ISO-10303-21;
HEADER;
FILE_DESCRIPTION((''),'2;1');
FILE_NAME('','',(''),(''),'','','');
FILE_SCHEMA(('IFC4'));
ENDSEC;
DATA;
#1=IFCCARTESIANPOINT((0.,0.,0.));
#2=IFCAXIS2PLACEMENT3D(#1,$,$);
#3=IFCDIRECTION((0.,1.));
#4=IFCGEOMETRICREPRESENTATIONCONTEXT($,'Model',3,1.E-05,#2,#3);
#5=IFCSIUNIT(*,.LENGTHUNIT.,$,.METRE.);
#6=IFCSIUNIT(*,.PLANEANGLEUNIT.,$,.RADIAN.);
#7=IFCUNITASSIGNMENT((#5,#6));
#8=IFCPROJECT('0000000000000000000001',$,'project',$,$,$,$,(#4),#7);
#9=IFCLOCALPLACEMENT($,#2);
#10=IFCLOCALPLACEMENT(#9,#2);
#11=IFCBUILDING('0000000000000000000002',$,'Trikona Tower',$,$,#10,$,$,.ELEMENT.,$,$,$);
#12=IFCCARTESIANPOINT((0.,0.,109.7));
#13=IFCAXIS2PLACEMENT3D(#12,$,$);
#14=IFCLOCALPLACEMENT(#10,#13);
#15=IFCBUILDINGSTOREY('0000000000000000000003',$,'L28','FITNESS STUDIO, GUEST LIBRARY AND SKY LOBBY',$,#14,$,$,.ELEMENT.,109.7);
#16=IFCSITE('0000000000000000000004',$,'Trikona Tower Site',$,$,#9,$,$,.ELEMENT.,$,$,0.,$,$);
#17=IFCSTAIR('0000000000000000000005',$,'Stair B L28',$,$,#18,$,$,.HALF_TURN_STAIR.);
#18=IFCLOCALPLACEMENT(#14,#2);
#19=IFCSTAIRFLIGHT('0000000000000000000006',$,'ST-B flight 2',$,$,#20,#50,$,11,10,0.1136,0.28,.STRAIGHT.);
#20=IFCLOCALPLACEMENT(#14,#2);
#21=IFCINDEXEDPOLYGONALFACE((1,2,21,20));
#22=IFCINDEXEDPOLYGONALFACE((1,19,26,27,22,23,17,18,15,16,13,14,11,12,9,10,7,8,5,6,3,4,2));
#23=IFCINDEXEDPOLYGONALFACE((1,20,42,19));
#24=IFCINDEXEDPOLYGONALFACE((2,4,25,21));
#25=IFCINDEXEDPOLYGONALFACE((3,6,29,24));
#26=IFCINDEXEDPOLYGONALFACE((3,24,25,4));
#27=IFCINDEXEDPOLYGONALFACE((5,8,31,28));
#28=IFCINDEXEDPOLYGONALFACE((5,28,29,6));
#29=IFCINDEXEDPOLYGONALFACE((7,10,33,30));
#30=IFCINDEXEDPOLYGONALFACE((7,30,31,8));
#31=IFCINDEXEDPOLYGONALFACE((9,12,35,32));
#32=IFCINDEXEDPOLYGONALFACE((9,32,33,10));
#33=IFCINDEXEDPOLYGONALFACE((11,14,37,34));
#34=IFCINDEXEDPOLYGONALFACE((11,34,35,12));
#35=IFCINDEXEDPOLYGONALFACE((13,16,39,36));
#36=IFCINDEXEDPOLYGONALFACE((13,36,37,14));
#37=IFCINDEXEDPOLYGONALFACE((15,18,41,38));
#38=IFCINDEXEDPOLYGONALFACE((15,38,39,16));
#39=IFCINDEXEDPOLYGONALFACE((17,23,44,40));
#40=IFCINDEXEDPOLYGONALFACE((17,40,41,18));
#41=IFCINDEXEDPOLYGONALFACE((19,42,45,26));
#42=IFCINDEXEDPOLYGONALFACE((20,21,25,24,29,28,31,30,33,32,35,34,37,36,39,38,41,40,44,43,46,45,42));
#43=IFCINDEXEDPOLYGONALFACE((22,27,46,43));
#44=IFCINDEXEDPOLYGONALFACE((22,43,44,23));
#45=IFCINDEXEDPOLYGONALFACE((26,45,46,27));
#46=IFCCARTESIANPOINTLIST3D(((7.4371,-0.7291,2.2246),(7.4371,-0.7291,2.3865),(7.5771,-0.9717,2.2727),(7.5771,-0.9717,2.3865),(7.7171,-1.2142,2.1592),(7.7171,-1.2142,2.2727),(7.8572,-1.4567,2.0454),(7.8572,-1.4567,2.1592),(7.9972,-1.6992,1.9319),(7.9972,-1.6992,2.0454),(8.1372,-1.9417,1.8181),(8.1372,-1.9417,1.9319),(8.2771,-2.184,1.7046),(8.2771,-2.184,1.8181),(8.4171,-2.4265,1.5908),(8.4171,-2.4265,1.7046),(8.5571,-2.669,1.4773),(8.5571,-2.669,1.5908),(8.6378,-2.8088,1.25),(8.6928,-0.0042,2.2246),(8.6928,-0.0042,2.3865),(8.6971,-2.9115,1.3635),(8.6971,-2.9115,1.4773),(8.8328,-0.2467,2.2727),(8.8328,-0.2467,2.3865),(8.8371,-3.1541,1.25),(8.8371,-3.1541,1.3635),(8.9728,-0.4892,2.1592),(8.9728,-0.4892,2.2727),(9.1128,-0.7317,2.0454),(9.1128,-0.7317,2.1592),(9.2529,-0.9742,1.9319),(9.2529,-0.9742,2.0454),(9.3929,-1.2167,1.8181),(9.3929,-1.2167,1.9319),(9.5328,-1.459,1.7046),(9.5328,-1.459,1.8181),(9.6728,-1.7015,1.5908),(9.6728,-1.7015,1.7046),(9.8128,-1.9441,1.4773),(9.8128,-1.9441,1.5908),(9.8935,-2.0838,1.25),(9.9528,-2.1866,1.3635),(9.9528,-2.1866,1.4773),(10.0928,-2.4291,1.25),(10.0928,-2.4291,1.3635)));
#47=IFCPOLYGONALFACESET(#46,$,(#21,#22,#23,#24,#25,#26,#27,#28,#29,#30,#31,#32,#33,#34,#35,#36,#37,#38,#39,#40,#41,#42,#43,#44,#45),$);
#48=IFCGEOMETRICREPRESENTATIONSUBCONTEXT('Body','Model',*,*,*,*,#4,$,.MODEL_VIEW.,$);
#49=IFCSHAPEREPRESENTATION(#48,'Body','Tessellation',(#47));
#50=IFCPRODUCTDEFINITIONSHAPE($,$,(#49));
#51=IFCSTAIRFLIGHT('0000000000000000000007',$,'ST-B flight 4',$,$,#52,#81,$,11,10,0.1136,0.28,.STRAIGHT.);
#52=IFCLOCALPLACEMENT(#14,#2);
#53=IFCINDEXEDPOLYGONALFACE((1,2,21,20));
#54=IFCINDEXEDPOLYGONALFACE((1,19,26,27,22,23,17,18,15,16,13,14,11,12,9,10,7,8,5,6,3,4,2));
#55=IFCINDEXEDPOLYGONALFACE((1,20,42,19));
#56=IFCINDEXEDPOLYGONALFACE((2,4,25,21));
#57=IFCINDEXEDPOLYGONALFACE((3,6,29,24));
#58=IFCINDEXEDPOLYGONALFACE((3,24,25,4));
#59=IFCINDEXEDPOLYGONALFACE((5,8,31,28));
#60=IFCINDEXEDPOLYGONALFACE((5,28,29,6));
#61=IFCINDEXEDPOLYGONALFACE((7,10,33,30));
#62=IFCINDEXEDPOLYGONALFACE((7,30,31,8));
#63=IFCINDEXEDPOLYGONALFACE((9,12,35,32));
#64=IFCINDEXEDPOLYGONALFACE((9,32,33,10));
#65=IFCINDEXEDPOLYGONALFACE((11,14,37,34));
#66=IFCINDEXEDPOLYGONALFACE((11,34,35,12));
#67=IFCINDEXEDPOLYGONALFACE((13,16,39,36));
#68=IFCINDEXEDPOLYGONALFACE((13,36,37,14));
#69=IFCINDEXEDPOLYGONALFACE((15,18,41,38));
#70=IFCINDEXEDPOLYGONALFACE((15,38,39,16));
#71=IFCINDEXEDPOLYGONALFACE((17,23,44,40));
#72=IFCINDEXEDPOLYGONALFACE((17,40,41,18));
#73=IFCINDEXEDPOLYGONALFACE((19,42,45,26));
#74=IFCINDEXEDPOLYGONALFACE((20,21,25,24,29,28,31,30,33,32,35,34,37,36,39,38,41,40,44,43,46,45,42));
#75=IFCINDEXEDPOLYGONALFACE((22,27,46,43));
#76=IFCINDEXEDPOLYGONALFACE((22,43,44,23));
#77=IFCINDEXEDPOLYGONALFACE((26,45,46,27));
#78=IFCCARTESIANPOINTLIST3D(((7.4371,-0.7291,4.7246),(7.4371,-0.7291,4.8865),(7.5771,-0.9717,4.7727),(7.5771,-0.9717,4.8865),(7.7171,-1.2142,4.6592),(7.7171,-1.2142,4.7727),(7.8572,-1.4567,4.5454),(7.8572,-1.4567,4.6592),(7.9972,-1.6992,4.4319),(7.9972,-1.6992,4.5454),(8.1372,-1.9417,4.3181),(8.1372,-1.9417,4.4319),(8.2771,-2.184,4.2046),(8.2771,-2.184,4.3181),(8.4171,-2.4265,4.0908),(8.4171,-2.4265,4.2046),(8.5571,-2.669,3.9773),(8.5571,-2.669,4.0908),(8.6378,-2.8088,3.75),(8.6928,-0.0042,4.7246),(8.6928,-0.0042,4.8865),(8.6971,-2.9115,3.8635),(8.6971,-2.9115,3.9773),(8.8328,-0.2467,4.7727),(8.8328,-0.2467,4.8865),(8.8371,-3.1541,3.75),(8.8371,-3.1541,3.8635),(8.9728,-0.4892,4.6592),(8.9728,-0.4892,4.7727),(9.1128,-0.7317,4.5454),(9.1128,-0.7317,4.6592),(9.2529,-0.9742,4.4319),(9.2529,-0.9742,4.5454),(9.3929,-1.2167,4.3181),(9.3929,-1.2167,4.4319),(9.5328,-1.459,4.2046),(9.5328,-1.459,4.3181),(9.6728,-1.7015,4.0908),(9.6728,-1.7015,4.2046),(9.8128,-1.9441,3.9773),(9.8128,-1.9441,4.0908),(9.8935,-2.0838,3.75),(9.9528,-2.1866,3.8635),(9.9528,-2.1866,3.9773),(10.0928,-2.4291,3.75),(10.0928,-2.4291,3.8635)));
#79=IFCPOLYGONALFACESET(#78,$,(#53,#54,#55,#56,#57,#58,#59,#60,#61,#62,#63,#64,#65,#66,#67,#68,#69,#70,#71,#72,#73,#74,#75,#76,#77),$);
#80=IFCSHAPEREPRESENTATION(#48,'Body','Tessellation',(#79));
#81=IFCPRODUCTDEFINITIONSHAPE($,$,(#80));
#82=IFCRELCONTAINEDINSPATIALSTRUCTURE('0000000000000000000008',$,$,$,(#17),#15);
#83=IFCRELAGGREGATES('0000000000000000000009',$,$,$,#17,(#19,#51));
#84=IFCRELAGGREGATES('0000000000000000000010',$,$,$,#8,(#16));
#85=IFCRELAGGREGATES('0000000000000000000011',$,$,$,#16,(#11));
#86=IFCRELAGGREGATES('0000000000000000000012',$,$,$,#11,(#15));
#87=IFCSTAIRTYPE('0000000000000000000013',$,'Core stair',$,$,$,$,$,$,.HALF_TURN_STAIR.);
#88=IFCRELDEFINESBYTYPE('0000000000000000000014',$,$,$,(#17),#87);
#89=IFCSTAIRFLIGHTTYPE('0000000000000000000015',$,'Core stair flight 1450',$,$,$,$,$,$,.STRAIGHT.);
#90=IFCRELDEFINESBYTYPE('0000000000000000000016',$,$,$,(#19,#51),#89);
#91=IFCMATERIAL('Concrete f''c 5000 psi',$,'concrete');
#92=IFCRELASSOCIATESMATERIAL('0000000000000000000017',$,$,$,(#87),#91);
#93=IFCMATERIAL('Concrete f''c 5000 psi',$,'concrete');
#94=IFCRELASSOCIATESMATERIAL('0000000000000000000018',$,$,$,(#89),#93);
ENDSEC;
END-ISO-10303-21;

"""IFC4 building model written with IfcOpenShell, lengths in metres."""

from ifc_helpers import new_model, si_unit, direction, frame, origin, place, context, subcontext, project, spatial, polyline, outline, extrude, material, type_object, element, aggregate, save


model = new_model("IFC4")

# Units and contexts
model_context = context("Model", 3, precision=1e-05, world=origin(), true_north=direction((0.0, 1.0)))
body_context = subcontext(model_context, "Body", "Model", "MODEL_VIEW")
ifc_project = project(units=[si_unit("LENGTHUNIT", "METRE"), si_unit("PLANEANGLEUNIT", "RADIAN")], contexts=[model_context])

# Site, building, storey
site_placement = place(None, origin())
site = spatial("IfcSite", under=ifc_project, at=site_placement, Name="Trikona Tower Site", CompositionType="ELEMENT", RefElevation=0.0)
building_placement = place(site_placement, origin())
building = spatial("IfcBuilding", under=site, at=building_placement, Name="Trikona Tower", CompositionType="ELEMENT")
storey_placement = place(building_placement, frame((0.0, 0.0, 109.7)))
storey = spatial("IfcBuildingStorey", under=building, at=storey_placement, Name="L28", Description="FITNESS STUDIO, GUEST LIBRARY AND SKY LOBBY", CompositionType="ELEMENT", Elevation=109.7)

# Stair
ifc_material_1 = material(Name="Concrete f'c 5000 psi", Category="concrete")
stair_type = type_object("IfcStairType", Name="Core stair", PredefinedType="HALF_TURN_STAIR", material=ifc_material_1)
stair_1_placement = place(storey_placement, origin())
stair_1 = element("IfcStair", 1, at=stair_1_placement, inside=storey, type_object=stair_type, Name="Stair B L28", PredefinedType="HALF_TURN_STAIR")

# Stair flights
ifc_material_2 = material(Name="Concrete f'c 5000 psi", Category="concrete")
stair_flight_type = type_object("IfcStairFlightType", Name="Core stair flight 1450", PredefinedType="STRAIGHT", material=ifc_material_2)
stair_flight_1_placement = place(storey_placement, frame((9.4651, -2.7915, 1.25), z_axis=(0.0, 0.0, 1.0), x_axis=(-0.5, 0.866025, 0.0)))
stair_flight_1 = element("IfcStairFlight", 2, at=stair_flight_1_placement, type_object=stair_flight_type, Name="ST-B flight 2", NumberOfRisers=11, NumberOfTreads=10, PredefinedType="STRAIGHT", RiserHeight=0.1136, TreadLength=0.28, context=body_context, shape_type="SweptSolid", body=[
    extrude(outline(polyline([(0.0, 0.0), (0.0, 0.1135), (0.28, 0.1135), (0.28, 0.2273), (0.5601, 0.2273), (0.5601, 0.3408), (0.8401, 0.3408), (0.8401, 0.4546), (1.1201, 0.4546), (1.1201, 0.5681), (1.3999, 0.5681), (1.3999, 0.6819), (1.6799, 0.6819), (1.6799, 0.7954), (1.96, 0.7954), (1.96, 0.9092), (2.24, 0.9092), (2.24, 1.0227), (2.52, 1.0227), (2.52, 1.1365), (2.8, 1.1365), (2.8, 1.25), (2.8, 0.9746), (0.3987, 0.0), (0.0, 0.0)])), frame((0.0, 0.7251, 0.0), z_axis=(0.0, -1.0, 0.0), x_axis=(1.0, 0.0, 0.0)), (0.0, 0.0, 1.0), 1.45),
])
stair_flight_2_placement = place(storey_placement, frame((9.4651, -2.7915, 3.75), z_axis=(0.0, 0.0, 1.0), x_axis=(-0.5, 0.866025, 0.0)))
stair_flight_2 = element("IfcStairFlight", 3, at=stair_flight_2_placement, type_object=stair_flight_type, Name="ST-B flight 4", NumberOfRisers=11, NumberOfTreads=10, PredefinedType="STRAIGHT", RiserHeight=0.1136, TreadLength=0.28, context=body_context, shape_type="SweptSolid", body=[
    extrude(outline(polyline([(0.0, 0.0), (0.0, 0.1135), (0.28, 0.1135), (0.28, 0.2273), (0.5601, 0.2273), (0.5601, 0.3408), (0.8401, 0.3408), (0.8401, 0.4546), (1.1201, 0.4546), (1.1201, 0.5681), (1.3999, 0.5681), (1.3999, 0.6819), (1.6799, 0.6819), (1.6799, 0.7954), (1.96, 0.7954), (1.96, 0.9092), (2.24, 0.9092), (2.24, 1.0227), (2.52, 1.0227), (2.52, 1.1365), (2.8, 1.1365), (2.8, 1.25), (2.8, 0.9746), (0.3987, 0.0), (0.0, 0.0)])), frame((0.0, 0.7251, 0.0), z_axis=(0.0, -1.0, 0.0), x_axis=(1.0, 0.0, 0.0)), (0.0, 0.0, 1.0), 1.45),
])
aggregate(stair_1, [stair_flight_1, stair_flight_2])

save(model, "model.ifc")
